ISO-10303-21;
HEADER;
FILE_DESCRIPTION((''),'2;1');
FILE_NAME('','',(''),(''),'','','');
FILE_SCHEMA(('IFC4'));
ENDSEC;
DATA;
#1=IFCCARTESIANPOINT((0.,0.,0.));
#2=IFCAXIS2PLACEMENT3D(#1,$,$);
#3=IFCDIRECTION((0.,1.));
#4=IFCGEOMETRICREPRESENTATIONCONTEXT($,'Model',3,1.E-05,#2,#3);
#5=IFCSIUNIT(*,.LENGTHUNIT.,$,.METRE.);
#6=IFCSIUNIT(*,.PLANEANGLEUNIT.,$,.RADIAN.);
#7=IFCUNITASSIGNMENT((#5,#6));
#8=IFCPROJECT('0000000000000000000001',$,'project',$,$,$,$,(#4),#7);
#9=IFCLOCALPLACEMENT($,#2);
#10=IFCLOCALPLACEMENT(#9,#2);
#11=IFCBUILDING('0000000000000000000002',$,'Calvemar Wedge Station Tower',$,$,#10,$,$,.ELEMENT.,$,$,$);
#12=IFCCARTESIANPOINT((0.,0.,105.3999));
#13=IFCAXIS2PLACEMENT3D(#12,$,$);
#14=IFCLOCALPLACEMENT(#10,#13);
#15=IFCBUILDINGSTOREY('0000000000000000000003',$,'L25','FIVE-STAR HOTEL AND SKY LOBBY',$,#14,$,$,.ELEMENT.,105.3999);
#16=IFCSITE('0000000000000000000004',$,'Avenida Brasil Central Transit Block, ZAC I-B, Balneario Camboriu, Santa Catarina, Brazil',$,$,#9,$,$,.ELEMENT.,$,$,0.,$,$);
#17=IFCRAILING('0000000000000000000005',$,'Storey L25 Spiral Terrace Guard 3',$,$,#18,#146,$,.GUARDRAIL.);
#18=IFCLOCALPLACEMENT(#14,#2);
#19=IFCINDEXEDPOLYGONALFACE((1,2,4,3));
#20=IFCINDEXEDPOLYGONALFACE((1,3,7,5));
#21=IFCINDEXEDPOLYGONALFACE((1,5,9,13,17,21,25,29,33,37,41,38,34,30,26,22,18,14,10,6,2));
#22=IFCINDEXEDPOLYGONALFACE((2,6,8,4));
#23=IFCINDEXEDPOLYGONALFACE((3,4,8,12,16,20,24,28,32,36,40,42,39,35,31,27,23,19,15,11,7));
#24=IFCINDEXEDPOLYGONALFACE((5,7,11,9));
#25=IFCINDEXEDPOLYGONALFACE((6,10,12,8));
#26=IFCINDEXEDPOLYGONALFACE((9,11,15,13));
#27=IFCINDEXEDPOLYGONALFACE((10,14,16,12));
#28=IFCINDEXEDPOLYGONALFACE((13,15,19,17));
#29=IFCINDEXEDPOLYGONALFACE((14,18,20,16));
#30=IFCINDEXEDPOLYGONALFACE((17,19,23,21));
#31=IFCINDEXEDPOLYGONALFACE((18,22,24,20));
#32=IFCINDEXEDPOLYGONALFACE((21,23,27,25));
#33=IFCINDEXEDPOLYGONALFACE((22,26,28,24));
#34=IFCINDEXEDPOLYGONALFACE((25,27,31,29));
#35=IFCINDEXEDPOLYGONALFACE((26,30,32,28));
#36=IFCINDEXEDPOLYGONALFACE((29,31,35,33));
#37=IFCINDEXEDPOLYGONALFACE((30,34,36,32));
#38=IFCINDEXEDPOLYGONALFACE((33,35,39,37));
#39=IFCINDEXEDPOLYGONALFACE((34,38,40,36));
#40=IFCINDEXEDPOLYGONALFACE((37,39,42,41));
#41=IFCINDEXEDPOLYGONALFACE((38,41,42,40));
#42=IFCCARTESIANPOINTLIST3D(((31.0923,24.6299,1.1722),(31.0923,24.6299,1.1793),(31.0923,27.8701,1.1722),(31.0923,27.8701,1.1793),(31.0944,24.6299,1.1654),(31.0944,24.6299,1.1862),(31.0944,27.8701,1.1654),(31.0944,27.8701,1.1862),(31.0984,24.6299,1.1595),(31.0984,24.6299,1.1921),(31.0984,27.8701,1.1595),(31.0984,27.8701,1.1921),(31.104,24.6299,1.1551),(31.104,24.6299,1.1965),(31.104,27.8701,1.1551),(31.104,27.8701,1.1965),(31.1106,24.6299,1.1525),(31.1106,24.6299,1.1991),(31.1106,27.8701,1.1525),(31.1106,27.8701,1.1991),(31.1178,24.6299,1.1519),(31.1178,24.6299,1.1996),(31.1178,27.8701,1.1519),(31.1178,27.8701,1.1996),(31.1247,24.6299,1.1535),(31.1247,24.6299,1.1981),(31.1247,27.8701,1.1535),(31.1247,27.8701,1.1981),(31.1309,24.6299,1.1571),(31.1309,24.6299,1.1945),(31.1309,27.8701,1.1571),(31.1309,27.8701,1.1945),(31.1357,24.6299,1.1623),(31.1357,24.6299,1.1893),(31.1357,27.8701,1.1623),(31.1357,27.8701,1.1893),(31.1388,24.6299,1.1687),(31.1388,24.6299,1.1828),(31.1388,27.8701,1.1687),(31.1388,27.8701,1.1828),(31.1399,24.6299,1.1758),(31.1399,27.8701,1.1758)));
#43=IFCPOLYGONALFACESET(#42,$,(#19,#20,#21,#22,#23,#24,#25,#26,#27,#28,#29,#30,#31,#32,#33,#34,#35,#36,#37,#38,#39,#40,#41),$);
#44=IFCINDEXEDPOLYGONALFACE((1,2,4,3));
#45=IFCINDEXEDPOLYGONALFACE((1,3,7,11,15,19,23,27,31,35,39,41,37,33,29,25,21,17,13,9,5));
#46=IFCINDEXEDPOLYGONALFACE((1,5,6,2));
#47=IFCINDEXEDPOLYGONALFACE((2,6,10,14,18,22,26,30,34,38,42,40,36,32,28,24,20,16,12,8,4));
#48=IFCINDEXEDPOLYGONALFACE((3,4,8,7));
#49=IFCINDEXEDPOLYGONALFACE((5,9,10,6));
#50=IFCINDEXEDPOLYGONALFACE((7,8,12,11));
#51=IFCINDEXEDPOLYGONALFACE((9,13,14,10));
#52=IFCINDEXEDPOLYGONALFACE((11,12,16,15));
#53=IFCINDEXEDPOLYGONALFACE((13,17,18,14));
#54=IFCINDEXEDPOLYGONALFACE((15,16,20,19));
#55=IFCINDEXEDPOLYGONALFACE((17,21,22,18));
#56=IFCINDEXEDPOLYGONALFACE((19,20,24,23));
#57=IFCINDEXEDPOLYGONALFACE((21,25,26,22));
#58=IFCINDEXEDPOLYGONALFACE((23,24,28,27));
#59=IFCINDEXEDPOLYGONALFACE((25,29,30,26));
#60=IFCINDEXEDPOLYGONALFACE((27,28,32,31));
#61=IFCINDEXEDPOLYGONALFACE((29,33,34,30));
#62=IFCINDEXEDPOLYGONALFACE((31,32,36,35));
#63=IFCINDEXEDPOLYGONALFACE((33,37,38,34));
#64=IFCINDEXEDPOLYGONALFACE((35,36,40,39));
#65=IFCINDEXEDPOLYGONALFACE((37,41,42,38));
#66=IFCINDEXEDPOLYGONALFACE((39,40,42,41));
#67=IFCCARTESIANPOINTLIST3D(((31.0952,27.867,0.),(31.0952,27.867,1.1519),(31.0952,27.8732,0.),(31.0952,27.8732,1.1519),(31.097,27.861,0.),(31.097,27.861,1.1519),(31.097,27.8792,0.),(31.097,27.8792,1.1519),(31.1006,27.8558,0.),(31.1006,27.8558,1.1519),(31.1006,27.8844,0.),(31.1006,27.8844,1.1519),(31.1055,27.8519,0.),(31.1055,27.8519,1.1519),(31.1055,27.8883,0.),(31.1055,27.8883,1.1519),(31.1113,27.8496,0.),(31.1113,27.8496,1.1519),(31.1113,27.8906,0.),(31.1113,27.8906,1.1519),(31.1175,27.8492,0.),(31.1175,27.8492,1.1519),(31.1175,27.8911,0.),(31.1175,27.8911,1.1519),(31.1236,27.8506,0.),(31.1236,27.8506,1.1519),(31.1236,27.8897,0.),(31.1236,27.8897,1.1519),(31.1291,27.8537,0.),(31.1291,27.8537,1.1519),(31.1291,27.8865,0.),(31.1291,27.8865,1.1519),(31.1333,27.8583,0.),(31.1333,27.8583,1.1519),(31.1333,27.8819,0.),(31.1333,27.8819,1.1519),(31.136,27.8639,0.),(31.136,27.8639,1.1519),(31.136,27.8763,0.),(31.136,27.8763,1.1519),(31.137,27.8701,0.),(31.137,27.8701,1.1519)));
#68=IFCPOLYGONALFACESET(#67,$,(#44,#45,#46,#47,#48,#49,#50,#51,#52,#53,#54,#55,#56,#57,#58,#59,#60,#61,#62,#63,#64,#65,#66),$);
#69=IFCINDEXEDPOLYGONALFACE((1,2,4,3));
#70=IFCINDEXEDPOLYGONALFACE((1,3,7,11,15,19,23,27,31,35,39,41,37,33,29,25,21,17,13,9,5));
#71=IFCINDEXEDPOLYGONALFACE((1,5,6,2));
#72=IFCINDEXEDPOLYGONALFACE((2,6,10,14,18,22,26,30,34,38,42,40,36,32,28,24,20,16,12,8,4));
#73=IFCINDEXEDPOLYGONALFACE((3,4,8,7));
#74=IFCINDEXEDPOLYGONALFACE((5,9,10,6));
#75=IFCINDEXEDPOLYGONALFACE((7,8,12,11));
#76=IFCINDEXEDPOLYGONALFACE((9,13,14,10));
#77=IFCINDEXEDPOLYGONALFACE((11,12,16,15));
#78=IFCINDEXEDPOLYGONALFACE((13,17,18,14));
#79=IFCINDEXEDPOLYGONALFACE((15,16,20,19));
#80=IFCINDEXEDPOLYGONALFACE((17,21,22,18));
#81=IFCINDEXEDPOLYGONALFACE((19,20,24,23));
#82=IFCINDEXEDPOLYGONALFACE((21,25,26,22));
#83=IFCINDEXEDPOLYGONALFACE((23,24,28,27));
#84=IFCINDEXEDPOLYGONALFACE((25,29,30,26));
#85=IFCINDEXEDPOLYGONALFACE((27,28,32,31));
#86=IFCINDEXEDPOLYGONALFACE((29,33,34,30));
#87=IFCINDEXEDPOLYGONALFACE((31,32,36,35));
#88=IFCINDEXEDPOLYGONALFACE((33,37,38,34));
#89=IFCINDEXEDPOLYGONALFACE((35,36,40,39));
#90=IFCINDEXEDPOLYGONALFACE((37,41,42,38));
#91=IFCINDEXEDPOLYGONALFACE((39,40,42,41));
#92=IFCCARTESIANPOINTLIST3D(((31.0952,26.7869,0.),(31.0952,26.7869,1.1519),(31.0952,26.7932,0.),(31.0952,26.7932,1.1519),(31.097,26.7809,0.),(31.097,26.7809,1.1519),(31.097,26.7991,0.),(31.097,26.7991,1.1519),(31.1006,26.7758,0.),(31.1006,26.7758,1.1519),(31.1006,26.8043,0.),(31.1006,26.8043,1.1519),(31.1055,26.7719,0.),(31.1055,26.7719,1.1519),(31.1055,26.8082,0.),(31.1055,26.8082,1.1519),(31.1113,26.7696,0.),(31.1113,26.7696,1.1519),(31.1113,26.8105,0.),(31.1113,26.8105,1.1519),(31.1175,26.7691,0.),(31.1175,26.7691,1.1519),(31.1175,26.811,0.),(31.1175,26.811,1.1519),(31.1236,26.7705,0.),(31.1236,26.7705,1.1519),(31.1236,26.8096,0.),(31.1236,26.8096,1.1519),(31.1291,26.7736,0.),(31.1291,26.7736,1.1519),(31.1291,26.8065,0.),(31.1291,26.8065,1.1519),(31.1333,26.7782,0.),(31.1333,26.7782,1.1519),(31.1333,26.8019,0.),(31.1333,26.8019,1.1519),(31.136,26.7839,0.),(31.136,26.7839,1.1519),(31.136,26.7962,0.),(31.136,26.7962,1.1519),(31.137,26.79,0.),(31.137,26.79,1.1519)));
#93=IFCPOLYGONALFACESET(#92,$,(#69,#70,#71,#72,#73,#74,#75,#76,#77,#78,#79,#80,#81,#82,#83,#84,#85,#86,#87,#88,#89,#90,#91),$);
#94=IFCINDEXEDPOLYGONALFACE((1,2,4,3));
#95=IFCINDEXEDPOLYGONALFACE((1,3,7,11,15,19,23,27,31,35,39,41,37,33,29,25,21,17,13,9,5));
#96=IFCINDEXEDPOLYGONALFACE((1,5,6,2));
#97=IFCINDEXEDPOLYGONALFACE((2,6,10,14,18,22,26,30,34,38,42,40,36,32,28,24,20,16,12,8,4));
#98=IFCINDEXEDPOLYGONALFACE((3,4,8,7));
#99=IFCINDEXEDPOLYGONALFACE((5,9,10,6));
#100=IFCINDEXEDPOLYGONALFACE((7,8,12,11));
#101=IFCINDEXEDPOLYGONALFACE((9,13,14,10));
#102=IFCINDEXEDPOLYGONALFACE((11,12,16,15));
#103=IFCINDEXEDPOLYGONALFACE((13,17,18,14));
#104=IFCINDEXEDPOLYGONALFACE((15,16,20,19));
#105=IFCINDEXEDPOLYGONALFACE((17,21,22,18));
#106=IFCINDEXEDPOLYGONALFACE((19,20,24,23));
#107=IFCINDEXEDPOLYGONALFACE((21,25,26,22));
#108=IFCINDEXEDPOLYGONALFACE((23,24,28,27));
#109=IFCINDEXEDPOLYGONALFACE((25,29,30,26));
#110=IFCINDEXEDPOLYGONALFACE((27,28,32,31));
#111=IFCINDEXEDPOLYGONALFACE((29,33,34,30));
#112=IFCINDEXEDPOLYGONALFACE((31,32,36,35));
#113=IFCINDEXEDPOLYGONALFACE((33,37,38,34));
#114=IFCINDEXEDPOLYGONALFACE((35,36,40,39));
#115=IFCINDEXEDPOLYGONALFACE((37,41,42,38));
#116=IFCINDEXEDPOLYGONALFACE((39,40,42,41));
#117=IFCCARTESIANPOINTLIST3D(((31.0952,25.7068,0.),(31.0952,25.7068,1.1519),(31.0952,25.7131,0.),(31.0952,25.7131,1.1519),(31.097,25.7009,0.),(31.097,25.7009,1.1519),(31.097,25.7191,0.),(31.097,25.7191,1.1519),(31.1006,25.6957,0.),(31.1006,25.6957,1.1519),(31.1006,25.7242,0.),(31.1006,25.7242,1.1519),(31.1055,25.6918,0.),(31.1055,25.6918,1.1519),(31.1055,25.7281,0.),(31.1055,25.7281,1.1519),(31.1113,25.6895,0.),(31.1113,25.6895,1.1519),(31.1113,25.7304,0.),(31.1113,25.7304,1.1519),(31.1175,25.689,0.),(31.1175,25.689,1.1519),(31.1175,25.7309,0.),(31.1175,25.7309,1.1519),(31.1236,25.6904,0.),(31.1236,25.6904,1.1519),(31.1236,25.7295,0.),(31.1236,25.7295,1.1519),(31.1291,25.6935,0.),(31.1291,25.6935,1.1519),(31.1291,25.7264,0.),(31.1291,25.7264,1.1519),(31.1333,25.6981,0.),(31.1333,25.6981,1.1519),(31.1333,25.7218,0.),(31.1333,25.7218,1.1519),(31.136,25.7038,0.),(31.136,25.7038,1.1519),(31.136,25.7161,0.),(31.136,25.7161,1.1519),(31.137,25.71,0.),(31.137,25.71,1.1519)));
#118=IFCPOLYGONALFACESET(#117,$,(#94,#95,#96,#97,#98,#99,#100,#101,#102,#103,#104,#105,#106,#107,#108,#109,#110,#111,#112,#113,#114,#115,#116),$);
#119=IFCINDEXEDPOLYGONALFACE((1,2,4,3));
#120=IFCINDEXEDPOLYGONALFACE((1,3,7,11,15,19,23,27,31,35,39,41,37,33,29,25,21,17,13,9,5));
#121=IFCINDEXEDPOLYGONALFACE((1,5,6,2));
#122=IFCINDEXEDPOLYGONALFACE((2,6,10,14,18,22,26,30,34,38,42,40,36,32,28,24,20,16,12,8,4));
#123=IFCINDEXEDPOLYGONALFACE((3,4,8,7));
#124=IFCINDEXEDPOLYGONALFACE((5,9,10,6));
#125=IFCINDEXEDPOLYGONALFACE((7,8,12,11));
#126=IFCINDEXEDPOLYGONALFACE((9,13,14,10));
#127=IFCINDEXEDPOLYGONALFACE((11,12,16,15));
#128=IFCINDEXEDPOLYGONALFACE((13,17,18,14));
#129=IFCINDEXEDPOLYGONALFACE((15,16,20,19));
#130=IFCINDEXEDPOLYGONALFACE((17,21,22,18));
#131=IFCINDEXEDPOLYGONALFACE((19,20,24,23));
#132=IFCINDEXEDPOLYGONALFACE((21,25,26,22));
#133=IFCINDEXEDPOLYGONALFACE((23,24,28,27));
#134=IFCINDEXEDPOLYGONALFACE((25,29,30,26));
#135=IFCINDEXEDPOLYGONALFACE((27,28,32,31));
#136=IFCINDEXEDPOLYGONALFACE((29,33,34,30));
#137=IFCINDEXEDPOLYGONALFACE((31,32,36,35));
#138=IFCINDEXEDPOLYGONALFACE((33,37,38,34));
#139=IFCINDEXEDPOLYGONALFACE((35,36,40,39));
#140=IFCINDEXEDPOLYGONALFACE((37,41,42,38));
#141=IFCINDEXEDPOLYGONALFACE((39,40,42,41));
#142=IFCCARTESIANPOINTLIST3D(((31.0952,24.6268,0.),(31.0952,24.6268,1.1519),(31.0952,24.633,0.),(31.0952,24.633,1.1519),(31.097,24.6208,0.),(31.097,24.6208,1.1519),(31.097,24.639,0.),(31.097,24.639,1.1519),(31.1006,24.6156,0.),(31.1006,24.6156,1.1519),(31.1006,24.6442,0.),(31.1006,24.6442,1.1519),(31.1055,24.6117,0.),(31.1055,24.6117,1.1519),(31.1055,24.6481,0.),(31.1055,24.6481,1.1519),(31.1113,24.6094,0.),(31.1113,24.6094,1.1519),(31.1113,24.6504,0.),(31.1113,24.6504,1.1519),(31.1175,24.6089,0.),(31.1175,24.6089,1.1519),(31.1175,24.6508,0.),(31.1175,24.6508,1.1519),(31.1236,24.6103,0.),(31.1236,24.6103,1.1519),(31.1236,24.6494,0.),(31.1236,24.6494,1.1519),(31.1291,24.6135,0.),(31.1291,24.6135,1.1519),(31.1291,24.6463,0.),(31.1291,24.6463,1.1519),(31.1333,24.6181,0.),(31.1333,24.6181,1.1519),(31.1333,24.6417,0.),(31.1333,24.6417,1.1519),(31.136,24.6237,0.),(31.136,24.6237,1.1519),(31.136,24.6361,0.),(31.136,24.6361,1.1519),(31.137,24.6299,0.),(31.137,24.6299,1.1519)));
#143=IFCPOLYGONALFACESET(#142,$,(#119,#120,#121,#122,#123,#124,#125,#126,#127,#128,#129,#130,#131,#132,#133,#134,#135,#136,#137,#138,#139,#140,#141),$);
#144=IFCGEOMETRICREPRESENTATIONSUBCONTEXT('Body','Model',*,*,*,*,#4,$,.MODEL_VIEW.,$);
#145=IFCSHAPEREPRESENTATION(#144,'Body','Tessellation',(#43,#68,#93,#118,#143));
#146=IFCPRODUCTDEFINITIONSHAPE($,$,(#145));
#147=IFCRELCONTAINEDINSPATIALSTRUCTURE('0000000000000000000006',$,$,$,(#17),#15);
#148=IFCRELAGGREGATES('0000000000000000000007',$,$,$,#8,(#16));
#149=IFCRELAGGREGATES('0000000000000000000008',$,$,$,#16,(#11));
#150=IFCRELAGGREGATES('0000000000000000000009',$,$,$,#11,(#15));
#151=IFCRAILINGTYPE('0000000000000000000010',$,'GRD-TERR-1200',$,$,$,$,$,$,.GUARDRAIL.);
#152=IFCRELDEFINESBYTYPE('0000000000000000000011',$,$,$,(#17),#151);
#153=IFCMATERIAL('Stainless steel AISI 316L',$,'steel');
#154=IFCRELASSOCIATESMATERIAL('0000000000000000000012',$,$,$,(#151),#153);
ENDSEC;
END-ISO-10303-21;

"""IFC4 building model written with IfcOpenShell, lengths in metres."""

from ifc_helpers import new_model, si_unit, direction, frame, origin, origin_2d, place, context, subcontext, project, spatial, circle, extrude, material, type_object, element, save


model = new_model("IFC4")

# Units and contexts
model_context = context("Model", 3, precision=1e-05, world=origin(), true_north=direction((0.0, 1.0)))
body_context = subcontext(model_context, "Body", "Model", "MODEL_VIEW")
ifc_project = project(units=[si_unit("LENGTHUNIT", "METRE"), si_unit("PLANEANGLEUNIT", "RADIAN")], contexts=[model_context])

# Site, building, storey
site_placement = place(None, origin())
site = spatial("IfcSite", under=ifc_project, at=site_placement, Name="Avenida Brasil Central Transit Block, ZAC I-B, Balneario Camboriu, Santa Catarina, Brazil", CompositionType="ELEMENT", RefElevation=0.0)
building_placement = place(site_placement, origin())
building = spatial("IfcBuilding", under=site, at=building_placement, Name="Calvemar Wedge Station Tower", CompositionType="ELEMENT")
storey_placement = place(building_placement, frame((0.0, 0.0, 105.3999)))
storey = spatial("IfcBuildingStorey", under=building, at=storey_placement, Name="L25", Description="FIVE-STAR HOTEL AND SKY LOBBY", CompositionType="ELEMENT", Elevation=105.3999)

# Railing
ifc_material_1 = material(Name="Stainless steel AISI 316L", Category="steel")
railing_type = type_object("IfcRailingType", Name="GRD-TERR-1200", PredefinedType="GUARDRAIL", material=ifc_material_1)
railing_1_placement = place(storey_placement, frame((31.116, 27.8701, 0.0)))
element("IfcRailing", 1, at=railing_1_placement, inside=storey, type_object=railing_type, Name="Storey L25 Spiral Terrace Guard 3", PredefinedType="GUARDRAIL", context=body_context, shape_type="SweptSolid", body=[
    extrude(circle(Radius=0.0239, at=origin_2d()), frame((0.0, 0.0, 1.1758), z_axis=(0.0, -1.0, 0.0), x_axis=(1.0, 0.0, 0.0)), (0.0, 0.0, 1.0), 3.2402),
    extrude(circle(Radius=0.021, at=origin_2d()), origin(), (0.0, 0.0, 1.0), 1.1519),
    extrude(circle(Radius=0.021, at=origin_2d()), frame((0.0, -1.0801, 0.0)), (0.0, 0.0, 1.0), 1.1519),
    extrude(circle(Radius=0.021, at=origin_2d()), frame((0.0, -2.1602, 0.0)), (0.0, 0.0, 1.0), 1.1519),
    extrude(circle(Radius=0.021, at=origin_2d()), frame((0.0, -3.2402, 0.0)), (0.0, 0.0, 1.0), 1.1519),
])

save(model, "model.ifc")
